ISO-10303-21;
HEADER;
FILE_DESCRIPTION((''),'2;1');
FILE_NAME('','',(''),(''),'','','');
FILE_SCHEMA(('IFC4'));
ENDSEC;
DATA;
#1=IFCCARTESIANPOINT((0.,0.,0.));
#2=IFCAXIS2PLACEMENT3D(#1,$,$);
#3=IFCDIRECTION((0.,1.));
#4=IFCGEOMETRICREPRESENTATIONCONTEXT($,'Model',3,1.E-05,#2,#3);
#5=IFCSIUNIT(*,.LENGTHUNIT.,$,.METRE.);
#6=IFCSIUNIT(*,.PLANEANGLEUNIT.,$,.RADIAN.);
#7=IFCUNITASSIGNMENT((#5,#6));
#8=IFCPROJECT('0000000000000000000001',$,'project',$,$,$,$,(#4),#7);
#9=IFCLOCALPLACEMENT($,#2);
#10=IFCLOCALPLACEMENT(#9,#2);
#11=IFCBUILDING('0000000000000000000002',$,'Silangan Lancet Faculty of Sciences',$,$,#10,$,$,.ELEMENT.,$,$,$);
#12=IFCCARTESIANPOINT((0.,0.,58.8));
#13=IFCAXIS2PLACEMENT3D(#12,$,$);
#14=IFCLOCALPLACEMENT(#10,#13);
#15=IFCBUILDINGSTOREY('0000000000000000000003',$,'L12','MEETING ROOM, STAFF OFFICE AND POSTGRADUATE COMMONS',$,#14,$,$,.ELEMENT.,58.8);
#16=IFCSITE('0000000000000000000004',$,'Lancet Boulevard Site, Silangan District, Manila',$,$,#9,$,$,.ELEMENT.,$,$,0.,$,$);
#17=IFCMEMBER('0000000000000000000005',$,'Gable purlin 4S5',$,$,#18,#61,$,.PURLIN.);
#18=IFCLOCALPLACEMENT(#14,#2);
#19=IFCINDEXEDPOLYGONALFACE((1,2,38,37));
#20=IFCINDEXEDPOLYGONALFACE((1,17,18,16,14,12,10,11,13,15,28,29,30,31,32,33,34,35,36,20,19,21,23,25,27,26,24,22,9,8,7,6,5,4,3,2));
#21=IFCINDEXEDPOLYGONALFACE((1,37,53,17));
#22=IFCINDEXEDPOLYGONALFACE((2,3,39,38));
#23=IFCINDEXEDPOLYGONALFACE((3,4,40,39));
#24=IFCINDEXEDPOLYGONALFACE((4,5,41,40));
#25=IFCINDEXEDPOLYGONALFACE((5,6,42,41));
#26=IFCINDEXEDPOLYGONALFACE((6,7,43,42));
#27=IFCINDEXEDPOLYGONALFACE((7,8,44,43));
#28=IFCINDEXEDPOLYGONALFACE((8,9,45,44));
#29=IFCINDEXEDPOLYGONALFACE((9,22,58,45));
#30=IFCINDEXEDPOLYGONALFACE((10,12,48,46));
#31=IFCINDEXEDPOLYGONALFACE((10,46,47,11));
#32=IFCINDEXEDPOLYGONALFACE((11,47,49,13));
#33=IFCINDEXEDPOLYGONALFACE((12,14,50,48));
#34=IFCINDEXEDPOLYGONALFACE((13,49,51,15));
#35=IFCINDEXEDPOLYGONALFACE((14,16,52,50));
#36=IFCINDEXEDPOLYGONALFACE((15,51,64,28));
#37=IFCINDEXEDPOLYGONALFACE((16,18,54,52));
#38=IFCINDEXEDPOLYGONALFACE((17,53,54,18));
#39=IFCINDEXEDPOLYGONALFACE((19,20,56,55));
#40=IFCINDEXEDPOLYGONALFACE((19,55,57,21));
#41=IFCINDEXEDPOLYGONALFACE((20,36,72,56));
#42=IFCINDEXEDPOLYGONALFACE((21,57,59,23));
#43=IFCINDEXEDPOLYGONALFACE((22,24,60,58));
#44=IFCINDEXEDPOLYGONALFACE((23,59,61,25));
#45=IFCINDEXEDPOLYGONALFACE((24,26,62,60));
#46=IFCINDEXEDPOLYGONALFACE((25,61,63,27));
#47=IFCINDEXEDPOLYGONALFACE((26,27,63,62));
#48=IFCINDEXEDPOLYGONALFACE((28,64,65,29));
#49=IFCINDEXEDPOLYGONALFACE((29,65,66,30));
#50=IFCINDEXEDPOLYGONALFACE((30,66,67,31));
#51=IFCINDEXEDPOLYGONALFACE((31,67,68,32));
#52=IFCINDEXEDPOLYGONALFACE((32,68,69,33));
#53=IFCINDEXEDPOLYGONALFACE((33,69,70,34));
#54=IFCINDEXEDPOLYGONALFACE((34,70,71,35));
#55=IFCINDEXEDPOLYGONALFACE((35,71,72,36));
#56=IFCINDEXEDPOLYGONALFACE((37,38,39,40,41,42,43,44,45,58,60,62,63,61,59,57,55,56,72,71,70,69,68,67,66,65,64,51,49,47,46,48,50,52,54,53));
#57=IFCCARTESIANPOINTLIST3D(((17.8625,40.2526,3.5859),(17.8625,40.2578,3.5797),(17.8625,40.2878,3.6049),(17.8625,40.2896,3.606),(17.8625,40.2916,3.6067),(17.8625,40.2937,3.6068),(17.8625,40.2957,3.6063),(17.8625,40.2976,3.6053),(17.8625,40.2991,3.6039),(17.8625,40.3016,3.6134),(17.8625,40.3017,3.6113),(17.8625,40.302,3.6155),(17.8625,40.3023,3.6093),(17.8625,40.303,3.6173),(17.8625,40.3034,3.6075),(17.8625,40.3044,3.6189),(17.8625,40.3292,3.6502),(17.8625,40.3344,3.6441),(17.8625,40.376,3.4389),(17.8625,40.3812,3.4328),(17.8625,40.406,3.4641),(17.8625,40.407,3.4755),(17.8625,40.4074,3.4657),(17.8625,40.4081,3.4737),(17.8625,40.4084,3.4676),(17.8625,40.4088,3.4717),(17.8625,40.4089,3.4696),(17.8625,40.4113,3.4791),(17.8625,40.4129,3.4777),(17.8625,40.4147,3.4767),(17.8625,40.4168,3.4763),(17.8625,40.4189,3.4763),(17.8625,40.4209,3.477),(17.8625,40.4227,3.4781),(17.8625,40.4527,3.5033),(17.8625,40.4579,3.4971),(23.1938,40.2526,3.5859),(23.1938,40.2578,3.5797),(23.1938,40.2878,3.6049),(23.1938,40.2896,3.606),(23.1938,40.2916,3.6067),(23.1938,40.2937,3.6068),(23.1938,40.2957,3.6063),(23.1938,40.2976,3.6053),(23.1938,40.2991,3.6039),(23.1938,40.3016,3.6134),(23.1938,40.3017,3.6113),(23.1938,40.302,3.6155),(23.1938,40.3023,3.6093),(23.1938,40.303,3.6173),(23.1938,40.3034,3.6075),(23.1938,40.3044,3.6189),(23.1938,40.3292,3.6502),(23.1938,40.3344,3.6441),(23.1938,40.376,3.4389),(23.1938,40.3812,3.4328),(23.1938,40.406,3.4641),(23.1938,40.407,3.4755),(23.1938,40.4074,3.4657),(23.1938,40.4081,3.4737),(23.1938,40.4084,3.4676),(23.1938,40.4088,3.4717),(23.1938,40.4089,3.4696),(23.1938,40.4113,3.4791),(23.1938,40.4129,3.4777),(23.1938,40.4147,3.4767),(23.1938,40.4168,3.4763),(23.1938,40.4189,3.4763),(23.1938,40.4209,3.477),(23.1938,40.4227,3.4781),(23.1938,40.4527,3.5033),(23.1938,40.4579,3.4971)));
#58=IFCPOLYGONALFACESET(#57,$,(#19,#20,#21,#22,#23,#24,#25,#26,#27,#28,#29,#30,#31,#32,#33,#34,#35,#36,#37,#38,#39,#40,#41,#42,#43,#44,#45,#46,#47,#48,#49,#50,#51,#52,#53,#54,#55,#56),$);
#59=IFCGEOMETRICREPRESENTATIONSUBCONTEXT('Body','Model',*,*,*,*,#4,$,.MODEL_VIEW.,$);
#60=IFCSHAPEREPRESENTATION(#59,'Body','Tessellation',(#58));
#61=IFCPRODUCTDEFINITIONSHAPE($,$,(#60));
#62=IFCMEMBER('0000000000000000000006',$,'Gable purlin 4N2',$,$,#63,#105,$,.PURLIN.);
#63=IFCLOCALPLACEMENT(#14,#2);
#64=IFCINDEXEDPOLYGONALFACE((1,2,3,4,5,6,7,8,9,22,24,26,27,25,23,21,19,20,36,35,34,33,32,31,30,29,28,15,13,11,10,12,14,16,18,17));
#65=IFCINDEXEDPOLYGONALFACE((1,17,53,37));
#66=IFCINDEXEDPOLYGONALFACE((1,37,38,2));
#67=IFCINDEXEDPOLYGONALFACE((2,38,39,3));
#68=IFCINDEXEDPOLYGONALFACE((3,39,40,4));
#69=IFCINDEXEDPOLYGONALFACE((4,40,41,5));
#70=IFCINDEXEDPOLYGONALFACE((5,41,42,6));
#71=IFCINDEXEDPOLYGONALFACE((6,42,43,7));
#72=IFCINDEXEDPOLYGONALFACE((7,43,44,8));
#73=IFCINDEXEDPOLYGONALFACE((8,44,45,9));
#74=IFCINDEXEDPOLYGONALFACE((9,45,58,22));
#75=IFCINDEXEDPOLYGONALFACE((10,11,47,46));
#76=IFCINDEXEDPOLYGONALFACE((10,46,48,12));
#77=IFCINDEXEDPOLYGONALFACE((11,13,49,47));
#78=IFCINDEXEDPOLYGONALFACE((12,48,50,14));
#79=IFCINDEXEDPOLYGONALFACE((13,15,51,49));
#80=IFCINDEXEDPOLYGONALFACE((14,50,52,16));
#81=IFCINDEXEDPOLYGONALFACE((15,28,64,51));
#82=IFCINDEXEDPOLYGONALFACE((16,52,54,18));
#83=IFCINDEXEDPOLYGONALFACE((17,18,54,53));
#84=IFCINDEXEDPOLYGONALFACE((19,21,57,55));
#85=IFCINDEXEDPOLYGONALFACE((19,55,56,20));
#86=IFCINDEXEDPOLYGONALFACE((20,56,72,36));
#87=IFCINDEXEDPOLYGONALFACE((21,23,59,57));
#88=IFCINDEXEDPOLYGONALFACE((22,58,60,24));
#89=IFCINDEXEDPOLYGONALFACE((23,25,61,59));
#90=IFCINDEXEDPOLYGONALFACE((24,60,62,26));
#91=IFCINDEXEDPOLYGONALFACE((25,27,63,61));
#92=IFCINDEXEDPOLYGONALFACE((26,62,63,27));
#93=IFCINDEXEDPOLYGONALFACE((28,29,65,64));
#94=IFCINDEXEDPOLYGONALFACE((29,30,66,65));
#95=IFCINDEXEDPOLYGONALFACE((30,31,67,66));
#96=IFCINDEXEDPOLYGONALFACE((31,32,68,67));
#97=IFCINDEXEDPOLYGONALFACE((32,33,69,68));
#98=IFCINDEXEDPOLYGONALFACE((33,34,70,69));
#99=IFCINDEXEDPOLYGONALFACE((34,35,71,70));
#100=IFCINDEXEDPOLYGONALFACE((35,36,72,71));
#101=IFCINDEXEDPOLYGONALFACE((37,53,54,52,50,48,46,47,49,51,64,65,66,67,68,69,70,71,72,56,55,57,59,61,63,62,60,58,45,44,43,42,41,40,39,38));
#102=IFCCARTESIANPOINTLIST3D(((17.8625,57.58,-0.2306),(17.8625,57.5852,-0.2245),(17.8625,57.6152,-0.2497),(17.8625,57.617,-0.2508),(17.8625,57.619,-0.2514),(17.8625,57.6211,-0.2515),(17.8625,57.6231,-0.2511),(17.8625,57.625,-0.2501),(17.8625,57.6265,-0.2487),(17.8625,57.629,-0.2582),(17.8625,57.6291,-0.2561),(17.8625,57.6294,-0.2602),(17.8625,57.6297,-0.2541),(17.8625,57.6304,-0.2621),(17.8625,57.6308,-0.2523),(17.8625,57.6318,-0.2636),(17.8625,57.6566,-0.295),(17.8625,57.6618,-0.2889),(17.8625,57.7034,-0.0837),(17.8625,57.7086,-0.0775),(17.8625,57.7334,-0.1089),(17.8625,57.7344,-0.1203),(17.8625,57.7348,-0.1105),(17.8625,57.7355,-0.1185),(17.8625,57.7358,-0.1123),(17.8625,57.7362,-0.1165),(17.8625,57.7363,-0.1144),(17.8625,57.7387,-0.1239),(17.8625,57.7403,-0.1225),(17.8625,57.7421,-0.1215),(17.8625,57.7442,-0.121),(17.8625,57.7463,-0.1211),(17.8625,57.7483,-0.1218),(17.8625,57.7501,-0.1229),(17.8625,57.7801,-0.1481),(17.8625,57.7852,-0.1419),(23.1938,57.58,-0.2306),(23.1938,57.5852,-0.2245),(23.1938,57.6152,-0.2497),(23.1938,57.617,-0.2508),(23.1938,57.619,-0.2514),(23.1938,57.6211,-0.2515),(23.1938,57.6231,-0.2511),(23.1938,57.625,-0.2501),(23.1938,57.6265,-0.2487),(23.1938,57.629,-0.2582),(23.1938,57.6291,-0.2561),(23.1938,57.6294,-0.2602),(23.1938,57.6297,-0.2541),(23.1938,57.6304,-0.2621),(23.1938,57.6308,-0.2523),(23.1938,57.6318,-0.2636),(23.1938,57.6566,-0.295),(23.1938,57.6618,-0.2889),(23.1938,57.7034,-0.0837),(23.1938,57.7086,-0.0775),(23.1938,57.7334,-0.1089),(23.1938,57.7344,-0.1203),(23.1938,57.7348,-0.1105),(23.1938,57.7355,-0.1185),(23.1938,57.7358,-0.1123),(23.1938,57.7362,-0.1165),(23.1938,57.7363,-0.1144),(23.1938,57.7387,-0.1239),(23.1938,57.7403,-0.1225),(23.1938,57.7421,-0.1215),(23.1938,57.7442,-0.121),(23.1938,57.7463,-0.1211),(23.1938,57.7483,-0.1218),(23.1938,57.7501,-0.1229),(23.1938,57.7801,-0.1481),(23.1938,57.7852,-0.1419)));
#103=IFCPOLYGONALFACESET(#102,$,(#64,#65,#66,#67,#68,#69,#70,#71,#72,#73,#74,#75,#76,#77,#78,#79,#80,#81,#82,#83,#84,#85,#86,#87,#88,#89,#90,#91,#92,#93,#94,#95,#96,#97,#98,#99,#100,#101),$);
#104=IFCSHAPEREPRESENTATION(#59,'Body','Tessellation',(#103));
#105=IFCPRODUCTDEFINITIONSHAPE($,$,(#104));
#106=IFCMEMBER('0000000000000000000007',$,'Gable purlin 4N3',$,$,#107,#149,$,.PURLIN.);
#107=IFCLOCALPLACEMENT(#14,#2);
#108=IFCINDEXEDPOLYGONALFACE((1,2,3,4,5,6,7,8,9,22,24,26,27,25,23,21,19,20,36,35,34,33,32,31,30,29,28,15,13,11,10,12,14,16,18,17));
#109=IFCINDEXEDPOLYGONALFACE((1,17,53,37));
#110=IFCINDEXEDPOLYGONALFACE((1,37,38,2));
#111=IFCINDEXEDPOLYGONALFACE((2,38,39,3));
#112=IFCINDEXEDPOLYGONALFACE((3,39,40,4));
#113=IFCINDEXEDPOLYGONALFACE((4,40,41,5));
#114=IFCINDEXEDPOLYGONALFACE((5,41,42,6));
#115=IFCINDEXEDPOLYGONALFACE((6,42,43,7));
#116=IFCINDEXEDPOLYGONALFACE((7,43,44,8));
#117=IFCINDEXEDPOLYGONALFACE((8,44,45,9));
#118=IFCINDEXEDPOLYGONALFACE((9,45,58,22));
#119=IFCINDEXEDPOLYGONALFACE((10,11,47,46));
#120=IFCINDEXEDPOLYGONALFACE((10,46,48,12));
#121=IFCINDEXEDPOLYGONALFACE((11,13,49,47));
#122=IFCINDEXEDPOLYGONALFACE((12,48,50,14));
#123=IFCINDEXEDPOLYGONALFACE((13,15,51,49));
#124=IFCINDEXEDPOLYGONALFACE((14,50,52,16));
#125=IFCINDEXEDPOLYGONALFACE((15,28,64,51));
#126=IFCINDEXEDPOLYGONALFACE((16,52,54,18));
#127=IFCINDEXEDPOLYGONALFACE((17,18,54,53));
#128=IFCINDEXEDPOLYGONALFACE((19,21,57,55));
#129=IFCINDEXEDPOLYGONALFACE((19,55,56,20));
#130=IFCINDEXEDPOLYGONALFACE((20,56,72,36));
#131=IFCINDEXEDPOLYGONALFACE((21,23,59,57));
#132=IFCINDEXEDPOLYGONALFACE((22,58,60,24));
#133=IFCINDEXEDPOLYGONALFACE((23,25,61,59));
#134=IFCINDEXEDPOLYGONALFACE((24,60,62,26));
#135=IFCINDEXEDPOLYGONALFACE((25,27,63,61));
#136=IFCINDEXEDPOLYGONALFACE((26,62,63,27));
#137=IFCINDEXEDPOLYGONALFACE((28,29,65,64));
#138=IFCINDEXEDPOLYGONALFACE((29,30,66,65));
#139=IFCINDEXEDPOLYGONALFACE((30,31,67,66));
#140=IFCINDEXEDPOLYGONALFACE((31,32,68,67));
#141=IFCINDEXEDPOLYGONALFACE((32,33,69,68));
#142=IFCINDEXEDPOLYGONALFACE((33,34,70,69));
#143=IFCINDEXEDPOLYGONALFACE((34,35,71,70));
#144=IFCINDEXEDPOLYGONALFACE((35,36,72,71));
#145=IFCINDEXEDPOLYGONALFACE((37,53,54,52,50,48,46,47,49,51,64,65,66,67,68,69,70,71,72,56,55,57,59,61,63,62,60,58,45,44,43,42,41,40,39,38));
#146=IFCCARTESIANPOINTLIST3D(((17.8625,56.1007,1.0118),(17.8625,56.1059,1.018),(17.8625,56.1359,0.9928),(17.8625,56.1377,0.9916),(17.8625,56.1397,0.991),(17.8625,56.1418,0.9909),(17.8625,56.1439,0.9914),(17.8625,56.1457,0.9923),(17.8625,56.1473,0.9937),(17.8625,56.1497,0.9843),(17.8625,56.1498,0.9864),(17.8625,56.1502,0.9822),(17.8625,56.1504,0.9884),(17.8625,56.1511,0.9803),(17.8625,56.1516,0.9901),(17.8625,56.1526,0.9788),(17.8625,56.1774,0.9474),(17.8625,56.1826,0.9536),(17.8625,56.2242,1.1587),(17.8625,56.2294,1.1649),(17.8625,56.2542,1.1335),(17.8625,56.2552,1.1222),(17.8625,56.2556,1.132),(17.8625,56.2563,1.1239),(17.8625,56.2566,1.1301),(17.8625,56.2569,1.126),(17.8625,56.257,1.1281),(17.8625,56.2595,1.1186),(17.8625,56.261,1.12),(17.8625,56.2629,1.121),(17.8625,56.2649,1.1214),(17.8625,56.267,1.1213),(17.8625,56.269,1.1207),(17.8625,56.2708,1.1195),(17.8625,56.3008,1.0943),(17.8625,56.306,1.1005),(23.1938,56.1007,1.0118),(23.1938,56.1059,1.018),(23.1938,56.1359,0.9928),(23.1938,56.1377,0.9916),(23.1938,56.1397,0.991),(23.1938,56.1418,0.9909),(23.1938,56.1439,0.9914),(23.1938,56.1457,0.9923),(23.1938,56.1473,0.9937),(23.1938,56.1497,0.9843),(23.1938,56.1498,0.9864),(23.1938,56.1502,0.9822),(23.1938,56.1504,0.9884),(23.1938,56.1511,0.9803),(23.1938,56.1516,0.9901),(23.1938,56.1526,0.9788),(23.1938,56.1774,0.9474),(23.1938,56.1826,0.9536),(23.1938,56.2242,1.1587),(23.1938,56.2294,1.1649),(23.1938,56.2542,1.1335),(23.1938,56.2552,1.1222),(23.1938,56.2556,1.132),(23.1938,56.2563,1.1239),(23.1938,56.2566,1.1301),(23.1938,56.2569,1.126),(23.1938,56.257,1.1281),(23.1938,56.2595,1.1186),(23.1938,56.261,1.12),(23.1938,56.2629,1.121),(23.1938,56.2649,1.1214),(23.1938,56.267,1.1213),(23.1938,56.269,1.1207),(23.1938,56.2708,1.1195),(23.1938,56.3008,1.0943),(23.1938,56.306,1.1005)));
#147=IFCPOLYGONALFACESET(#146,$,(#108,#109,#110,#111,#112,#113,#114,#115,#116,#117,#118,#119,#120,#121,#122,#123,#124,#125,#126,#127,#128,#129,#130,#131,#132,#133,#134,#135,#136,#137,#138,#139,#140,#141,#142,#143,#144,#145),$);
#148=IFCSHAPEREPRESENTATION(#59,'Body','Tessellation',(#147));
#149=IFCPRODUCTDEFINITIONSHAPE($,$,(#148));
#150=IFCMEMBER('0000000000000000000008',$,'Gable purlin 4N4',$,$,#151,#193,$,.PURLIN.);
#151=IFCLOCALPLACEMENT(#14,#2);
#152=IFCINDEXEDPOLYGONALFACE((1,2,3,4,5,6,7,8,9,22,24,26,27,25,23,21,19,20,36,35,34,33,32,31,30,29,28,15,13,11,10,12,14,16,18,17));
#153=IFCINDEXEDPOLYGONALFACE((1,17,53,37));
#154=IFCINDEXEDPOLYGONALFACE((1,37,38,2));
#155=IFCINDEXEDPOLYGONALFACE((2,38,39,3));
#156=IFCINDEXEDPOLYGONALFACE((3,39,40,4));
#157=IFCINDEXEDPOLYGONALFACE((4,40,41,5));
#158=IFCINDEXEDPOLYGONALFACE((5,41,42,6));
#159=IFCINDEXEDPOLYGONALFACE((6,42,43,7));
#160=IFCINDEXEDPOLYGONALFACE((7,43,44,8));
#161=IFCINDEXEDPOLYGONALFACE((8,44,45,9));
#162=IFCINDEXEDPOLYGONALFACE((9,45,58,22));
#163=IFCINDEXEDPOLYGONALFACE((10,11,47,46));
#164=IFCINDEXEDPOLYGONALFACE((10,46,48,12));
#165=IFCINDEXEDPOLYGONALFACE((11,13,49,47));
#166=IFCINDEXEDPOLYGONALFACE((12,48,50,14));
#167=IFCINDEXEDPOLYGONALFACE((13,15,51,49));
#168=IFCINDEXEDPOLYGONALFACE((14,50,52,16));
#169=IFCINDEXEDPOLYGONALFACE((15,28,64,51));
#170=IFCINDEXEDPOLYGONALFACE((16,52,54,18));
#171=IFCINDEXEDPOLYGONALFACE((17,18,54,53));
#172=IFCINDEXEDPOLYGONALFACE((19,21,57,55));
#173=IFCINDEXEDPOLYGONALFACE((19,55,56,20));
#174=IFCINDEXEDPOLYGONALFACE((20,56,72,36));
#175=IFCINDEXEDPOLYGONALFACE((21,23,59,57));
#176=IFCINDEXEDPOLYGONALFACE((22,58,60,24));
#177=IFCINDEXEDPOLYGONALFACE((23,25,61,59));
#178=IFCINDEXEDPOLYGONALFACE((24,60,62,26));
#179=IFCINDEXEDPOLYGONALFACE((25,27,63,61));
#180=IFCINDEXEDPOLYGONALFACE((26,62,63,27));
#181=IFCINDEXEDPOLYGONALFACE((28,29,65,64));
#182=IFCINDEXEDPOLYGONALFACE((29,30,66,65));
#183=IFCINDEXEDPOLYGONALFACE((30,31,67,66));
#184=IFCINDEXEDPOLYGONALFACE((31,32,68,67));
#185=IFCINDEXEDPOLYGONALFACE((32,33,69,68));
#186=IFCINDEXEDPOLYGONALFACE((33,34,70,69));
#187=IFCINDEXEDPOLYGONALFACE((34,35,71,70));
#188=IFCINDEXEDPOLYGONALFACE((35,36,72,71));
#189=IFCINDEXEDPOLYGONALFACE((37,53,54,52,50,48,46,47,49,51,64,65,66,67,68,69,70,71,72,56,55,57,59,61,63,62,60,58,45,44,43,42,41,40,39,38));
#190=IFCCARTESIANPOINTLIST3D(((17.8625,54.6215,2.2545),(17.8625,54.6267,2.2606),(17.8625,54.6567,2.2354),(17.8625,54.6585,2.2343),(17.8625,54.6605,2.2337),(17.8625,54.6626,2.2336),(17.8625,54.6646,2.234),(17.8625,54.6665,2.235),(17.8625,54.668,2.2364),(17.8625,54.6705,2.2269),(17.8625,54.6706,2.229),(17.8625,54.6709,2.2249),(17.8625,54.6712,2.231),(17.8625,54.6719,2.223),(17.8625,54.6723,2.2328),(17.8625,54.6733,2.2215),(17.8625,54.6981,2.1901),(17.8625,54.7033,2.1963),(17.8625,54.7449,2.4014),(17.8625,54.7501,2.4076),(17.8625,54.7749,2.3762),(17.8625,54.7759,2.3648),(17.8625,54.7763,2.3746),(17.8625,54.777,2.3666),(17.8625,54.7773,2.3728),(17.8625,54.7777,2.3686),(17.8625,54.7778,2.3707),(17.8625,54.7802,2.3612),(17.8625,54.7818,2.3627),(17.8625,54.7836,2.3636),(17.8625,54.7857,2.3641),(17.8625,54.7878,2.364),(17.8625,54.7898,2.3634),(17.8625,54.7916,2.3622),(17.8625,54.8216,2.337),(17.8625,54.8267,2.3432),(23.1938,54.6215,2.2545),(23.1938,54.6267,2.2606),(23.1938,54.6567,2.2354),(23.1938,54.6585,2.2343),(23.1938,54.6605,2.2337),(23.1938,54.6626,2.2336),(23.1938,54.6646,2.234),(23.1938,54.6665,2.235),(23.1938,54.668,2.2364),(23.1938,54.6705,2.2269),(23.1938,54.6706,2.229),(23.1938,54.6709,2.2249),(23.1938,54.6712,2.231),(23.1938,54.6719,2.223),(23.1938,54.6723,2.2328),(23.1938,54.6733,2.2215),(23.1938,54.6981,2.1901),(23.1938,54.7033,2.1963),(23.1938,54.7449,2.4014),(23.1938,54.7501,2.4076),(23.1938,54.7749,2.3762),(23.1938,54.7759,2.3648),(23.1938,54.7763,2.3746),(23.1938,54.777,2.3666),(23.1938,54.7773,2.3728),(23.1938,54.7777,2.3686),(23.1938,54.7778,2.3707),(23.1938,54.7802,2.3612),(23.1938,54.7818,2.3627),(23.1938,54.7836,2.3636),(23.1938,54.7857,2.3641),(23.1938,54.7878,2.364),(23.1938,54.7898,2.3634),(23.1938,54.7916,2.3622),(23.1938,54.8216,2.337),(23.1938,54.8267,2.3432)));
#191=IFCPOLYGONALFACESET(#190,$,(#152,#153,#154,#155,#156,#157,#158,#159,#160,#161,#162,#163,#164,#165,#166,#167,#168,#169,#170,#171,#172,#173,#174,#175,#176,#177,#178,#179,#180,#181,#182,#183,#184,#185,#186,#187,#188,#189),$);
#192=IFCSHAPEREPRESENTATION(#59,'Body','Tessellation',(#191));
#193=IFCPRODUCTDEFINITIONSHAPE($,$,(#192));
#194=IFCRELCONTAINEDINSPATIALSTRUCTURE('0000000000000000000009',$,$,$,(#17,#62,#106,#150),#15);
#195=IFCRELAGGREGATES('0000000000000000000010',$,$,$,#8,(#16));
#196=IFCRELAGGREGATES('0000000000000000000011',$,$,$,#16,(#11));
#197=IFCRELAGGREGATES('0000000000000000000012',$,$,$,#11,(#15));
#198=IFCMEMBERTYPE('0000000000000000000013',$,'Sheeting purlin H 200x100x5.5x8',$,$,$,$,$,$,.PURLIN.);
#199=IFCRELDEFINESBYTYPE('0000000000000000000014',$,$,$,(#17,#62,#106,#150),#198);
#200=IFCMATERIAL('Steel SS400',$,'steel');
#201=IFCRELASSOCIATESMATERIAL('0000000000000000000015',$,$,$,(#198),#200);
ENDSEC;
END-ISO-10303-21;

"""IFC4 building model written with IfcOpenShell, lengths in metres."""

from ifc_helpers import new_model, si_unit, direction, frame, origin, origin_2d, place, context, subcontext, project, spatial, i_section, extrude, material, material_profile, profile_set, type_object, element, save


model = new_model("IFC4")

# Units and contexts
model_context = context("Model", 3, precision=1e-05, world=origin(), true_north=direction((0.0, 1.0)))
body_context = subcontext(model_context, "Body", "Model", "MODEL_VIEW")
ifc_project = project(units=[si_unit("LENGTHUNIT", "METRE"), si_unit("PLANEANGLEUNIT", "RADIAN")], contexts=[model_context])

# Site, building, storey
site_placement = place(None, origin())
site = spatial("IfcSite", under=ifc_project, at=site_placement, Name="Lancet Boulevard Site, Silangan District, Manila", CompositionType="ELEMENT", RefElevation=0.0)
building_placement = place(site_placement, origin())
building = spatial("IfcBuilding", under=site, at=building_placement, Name="Silangan Lancet Faculty of Sciences", CompositionType="ELEMENT")
storey_placement = place(building_placement, frame((0.0, 0.0, 58.8)))
storey = spatial("IfcBuildingStorey", under=building, at=storey_placement, Name="L12", Description="MEETING ROOM, STAFF OFFICE AND POSTGRADUATE COMMONS", CompositionType="ELEMENT", Elevation=58.8)

# Members
ifc_material_1 = material(Name="Steel SS400", Category="steel")
ifc_material_profile_1 = material_profile(ifc_material_1, i_section(OverallWidth=0.1001, OverallDepth=0.2, WebThickness=0.0056, FlangeThickness=0.0081, FilletRadius=0.0081, at=origin_2d()), Name="H 200x100x5.5x8")
ifc_profile_set_1 = profile_set([ifc_material_profile_1], Name="Steel SS400")
member_type_1 = type_object("IfcMemberType", Name="Sheeting purlin H 200x100x5.5x8", PredefinedType="PURLIN", material=ifc_profile_set_1)
for number, where, z_axis, x_axis, name in (
    (1, (17.8625, 40.3552, 3.5415), (1.0, 0.0, 0.0), (0.0, 0.765705, 0.643192), "Gable purlin 4S5"),
    (2, (17.8625, 57.6826, -0.1863), (1.0, 0.0, 0.0), (0.0, 0.765705, -0.643192), "Gable purlin 4N2"),
    (3, (17.8625, 56.2034, 1.0562), (1.0, 0.0, 0.0), (0.0, 0.765705, -0.643192), "Gable purlin 4N3"),
    (4, (17.8625, 54.7241, 2.2988), (1.0, 0.0, 0.0), (0.0, 0.765705, -0.643192), "Gable purlin 4N4"),
):
    element("IfcMember", number, at=place(storey_placement, frame(where, z_axis=z_axis, x_axis=x_axis)), inside=storey, type_object=member_type_1, Name=name, PredefinedType="PURLIN", context=body_context, shape_type="SweptSolid", body=[
        extrude(i_section(OverallWidth=0.1001, OverallDepth=0.2, WebThickness=0.0056, FlangeThickness=0.0081, FilletRadius=0.0081, at=origin_2d()), origin(), (0.0, 0.0, 1.0), 5.3313),
    ])

save(model, "model.ifc")
